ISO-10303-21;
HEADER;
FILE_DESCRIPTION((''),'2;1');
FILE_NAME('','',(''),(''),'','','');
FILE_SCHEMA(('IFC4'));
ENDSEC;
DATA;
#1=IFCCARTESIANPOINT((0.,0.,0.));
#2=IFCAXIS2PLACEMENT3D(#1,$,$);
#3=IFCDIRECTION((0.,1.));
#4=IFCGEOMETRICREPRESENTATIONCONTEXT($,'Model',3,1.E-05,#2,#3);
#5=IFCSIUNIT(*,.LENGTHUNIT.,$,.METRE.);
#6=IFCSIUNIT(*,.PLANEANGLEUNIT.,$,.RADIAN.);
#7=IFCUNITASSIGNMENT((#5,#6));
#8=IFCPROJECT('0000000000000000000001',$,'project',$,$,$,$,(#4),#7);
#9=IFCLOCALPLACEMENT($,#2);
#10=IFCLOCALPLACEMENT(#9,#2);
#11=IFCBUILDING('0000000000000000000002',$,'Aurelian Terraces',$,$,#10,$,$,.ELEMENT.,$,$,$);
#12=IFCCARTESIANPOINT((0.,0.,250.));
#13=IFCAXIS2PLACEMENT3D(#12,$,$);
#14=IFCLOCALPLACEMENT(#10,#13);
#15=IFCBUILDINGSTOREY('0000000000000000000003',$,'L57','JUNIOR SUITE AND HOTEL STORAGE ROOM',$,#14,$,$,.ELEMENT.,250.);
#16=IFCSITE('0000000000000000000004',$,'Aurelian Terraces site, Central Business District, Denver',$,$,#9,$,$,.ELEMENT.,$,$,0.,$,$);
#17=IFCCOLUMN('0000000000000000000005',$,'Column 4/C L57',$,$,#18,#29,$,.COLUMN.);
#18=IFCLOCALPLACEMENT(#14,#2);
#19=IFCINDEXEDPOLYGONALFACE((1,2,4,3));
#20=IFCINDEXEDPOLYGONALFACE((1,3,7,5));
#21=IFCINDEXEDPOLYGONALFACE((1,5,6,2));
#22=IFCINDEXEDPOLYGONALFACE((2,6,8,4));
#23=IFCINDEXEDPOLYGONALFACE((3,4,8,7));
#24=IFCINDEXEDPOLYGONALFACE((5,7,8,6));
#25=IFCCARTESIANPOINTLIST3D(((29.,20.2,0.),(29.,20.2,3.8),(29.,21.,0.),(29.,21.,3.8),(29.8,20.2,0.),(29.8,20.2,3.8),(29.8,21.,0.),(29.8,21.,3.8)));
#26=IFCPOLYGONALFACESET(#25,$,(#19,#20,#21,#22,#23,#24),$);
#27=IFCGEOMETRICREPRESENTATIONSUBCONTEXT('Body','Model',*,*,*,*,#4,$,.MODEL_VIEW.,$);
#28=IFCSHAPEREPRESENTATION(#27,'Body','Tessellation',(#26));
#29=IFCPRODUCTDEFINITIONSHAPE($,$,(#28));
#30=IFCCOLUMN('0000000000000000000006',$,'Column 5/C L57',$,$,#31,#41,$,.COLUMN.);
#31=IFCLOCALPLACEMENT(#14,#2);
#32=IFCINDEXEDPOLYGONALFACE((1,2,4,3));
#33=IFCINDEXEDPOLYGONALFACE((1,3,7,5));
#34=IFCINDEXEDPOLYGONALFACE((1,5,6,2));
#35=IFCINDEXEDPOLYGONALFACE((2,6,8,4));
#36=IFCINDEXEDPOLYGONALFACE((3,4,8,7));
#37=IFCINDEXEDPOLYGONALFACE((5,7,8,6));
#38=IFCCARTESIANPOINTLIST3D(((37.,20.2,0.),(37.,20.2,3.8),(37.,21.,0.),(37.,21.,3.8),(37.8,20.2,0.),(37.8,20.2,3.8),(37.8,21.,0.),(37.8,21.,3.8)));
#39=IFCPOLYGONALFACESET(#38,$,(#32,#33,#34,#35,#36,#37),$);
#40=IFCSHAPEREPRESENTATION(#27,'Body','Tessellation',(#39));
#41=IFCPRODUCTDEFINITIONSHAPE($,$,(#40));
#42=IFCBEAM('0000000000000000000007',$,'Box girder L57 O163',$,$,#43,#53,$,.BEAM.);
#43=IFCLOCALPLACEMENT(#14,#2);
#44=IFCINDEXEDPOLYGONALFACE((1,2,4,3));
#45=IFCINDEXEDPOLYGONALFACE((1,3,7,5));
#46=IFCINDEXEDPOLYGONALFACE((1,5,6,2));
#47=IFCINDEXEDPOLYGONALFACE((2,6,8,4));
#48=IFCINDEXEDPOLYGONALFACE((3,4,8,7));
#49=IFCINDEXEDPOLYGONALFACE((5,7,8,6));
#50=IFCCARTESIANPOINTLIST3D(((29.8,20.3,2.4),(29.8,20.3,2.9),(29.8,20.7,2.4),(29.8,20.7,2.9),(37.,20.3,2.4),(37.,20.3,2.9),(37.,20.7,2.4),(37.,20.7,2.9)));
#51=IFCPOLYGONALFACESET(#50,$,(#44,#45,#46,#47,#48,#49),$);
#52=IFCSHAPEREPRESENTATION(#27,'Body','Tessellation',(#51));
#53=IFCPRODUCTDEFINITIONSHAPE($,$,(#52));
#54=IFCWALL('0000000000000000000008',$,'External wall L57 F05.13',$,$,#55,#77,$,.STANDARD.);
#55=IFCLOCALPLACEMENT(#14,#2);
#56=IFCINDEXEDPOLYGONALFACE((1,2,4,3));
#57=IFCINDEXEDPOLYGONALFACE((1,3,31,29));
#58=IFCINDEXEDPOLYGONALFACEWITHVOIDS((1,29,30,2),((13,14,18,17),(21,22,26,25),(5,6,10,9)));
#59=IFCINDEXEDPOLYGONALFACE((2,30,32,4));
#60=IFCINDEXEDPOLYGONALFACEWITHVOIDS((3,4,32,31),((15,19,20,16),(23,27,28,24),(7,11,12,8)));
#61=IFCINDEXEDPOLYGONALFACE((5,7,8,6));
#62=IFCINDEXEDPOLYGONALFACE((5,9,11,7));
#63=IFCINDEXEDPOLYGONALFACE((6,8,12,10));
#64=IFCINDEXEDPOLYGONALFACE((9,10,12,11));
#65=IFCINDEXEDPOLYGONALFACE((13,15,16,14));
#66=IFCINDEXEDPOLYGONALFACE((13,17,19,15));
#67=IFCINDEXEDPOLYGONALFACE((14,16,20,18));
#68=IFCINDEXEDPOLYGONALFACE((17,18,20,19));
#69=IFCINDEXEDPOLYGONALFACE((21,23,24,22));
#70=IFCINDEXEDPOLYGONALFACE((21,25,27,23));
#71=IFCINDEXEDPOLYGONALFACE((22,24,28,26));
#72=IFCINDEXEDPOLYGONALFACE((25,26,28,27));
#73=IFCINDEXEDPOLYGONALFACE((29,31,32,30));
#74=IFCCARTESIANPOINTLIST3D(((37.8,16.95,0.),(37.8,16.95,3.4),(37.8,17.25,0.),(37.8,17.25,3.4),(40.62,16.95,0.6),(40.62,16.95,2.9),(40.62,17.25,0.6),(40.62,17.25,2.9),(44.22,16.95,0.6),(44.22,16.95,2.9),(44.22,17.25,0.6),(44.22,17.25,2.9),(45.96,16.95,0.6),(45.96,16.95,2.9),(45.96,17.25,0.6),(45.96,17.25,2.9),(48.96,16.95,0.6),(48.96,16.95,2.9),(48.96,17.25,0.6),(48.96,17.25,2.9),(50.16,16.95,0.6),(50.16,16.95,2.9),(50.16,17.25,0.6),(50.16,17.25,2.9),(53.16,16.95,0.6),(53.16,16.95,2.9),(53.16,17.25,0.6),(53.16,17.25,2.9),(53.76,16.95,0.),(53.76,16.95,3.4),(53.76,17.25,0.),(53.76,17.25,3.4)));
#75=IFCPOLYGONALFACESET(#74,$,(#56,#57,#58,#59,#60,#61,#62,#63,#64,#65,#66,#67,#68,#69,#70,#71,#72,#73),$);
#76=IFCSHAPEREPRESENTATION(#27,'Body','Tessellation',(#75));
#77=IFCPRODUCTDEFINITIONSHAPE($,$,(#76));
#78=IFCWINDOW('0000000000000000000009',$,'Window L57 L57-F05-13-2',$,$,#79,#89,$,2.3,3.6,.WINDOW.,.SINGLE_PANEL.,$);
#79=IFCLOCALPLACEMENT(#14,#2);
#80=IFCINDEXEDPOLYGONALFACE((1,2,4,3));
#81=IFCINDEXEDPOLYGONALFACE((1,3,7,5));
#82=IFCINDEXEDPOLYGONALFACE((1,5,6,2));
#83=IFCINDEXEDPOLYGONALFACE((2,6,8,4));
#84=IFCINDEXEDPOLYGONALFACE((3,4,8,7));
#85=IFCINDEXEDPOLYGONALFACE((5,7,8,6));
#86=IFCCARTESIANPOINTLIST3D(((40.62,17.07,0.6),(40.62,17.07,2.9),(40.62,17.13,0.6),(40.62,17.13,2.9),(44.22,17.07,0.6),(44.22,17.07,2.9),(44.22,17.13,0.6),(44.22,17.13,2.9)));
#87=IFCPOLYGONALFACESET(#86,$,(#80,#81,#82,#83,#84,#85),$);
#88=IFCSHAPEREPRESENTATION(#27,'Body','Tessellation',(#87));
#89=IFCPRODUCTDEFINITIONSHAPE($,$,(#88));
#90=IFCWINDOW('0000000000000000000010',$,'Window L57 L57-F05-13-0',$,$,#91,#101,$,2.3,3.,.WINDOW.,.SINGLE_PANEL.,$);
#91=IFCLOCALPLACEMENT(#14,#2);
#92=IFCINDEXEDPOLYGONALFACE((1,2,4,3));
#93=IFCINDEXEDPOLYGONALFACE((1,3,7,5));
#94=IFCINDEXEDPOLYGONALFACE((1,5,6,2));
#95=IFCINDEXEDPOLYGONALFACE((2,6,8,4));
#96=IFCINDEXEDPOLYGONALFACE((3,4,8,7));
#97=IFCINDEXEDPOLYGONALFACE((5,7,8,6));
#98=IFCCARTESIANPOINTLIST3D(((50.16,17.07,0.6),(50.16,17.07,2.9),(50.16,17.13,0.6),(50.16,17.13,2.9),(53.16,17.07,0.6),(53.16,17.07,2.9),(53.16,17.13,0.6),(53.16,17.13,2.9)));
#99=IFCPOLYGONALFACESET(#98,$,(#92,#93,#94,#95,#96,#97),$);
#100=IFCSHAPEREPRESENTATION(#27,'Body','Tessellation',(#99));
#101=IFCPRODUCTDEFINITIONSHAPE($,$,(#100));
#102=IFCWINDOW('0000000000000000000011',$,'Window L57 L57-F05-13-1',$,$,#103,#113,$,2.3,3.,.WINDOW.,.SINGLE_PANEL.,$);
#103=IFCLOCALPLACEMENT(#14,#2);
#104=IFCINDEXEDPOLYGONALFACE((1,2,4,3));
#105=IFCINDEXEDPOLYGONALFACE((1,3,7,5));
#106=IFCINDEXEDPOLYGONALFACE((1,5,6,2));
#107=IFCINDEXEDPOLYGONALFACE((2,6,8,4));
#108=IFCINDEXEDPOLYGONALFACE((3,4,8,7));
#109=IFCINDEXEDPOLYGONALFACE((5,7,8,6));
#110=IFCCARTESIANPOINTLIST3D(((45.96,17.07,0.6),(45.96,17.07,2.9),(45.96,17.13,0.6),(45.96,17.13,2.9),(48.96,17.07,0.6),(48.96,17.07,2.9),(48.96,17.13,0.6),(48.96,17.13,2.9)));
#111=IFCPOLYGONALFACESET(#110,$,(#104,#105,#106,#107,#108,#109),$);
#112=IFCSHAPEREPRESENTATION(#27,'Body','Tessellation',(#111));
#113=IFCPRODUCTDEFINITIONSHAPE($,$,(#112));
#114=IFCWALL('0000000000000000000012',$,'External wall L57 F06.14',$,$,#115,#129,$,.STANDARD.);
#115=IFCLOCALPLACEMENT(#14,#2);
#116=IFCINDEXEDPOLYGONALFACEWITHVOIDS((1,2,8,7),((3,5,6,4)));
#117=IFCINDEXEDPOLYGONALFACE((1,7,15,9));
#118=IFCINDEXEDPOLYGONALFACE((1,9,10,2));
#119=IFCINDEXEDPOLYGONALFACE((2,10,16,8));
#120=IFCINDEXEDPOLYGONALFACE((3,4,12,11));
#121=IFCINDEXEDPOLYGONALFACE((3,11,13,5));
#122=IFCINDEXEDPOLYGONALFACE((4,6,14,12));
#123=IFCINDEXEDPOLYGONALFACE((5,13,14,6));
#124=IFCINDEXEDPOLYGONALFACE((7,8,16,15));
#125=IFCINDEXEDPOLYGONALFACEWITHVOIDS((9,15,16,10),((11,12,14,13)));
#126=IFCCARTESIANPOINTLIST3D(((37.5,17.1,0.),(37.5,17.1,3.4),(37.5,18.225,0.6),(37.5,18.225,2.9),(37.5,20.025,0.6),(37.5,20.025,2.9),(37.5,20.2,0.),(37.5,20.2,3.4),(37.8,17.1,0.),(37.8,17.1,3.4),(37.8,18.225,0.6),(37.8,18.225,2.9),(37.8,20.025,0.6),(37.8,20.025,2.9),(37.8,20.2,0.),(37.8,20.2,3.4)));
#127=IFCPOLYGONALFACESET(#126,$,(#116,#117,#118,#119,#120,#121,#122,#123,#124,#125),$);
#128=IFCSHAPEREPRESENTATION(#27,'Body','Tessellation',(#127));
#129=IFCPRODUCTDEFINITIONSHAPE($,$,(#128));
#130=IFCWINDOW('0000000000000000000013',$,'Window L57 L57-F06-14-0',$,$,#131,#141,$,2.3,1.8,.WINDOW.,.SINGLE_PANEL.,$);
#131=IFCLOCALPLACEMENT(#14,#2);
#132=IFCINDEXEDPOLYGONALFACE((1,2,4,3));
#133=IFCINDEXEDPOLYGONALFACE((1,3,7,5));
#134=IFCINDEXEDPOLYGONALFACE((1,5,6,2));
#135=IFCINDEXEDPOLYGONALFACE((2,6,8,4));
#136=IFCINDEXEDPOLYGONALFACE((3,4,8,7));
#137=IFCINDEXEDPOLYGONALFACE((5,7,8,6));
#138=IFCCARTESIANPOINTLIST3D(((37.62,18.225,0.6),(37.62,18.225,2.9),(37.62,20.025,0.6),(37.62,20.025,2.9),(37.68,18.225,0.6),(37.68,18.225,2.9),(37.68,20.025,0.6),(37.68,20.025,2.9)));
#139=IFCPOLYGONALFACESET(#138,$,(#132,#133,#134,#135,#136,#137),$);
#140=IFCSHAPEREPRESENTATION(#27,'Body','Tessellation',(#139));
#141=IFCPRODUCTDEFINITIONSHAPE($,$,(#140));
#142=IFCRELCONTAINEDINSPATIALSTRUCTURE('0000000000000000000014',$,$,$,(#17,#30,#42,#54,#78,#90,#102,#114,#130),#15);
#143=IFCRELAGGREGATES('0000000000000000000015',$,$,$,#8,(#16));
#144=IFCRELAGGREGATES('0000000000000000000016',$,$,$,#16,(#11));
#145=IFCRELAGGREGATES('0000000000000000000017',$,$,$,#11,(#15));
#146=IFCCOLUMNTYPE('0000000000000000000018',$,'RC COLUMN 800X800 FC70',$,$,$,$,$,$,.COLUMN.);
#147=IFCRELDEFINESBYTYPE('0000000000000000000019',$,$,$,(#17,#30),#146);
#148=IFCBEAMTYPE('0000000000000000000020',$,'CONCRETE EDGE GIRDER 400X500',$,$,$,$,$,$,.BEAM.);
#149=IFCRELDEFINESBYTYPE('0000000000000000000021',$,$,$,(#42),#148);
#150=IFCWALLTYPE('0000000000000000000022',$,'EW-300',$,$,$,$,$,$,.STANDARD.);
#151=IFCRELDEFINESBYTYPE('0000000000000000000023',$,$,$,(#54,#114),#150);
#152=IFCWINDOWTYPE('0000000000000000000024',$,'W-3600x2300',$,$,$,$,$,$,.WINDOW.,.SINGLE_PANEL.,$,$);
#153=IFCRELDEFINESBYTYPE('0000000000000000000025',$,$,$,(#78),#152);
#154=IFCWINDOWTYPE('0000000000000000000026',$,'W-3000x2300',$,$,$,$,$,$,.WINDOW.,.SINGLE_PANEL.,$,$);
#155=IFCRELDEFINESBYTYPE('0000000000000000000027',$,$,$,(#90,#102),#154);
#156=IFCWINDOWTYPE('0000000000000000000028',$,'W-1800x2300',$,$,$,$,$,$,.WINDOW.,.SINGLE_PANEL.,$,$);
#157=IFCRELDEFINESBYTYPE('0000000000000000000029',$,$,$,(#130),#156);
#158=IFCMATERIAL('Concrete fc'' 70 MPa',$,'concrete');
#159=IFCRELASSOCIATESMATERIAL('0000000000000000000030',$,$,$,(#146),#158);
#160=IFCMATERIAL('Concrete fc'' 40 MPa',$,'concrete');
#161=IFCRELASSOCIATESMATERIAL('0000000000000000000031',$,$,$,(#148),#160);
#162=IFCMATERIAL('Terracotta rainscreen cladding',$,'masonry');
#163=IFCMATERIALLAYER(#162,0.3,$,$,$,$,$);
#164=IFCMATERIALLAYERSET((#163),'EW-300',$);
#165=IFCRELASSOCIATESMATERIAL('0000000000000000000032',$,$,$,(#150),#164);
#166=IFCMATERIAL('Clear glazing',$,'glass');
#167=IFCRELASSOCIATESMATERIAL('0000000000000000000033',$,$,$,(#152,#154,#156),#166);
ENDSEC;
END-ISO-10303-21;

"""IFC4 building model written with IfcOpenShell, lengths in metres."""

from ifc_helpers import new_model, si_unit, direction, frame, frame_2d, origin, origin_2d, place, context, subcontext, project, spatial, rectangle, extrude, source, transform, mapped, material, layer, layer_set, material_profile, profile_set, type_object, element, fill, save


model = new_model("IFC4")

# Units and contexts
model_context = context("Model", 3, precision=1e-05, world=origin(), true_north=direction((0.0, 1.0)))
body_context = subcontext(model_context, "Body", "Model", "MODEL_VIEW")
ifc_project = project(units=[si_unit("LENGTHUNIT", "METRE"), si_unit("PLANEANGLEUNIT", "RADIAN")], contexts=[model_context])

# Site, building, storey
site_placement = place(None, origin())
site = spatial("IfcSite", under=ifc_project, at=site_placement, Name="Aurelian Terraces site, Central Business District, Denver", CompositionType="ELEMENT", RefElevation=0.0)
building_placement = place(site_placement, origin())
building = spatial("IfcBuilding", under=site, at=building_placement, Name="Aurelian Terraces", CompositionType="ELEMENT")
storey_placement = place(building_placement, frame((0.0, 0.0, 250.0)))
storey = spatial("IfcBuildingStorey", under=building, at=storey_placement, Name="L57", Description="JUNIOR SUITE AND HOTEL STORAGE ROOM", CompositionType="ELEMENT", Elevation=250.0)

# Columns
ifc_material_1 = material(Name="Concrete fc' 70 MPa", Category="concrete")
ifc_material_profile_1 = material_profile(ifc_material_1, rectangle(XDim=0.8, YDim=0.8, at=origin_2d()))
ifc_profile_set_1 = profile_set([ifc_material_profile_1], Name="Concrete fc' 70 MPa")
column_type = type_object("IfcColumnType", Name="RC COLUMN 800X800 FC70", PredefinedType="COLUMN", material=ifc_profile_set_1)
shared_shape_1 = source(origin(), body_context, "Body", "SweptSolid", [
    extrude(rectangle(XDim=0.8, YDim=0.8, at=origin_2d()), origin(), (0.0, 0.0, 1.0), 3.8),
])
for number, where, z_axis, x_axis, name in (
    (1, (29.4, 20.6, 0.0), (0.0, 0.0, 1.0), (1.0, 0.0, 0.0), "Column 4/C L57"),
    (2, (37.4, 20.6, 0.0), (0.0, 0.0, 1.0), (1.0, 0.0, 0.0), "Column 5/C L57"),
):
    element("IfcColumn", number, at=place(storey_placement, frame(where, z_axis=z_axis, x_axis=x_axis)), inside=storey, type_object=column_type, Name=name, PredefinedType="COLUMN", context=body_context, shape_type="MappedRepresentation", body=[
        mapped(shared_shape_1, transform((0.0, 0.0, 0.0), scale=1.0)),
    ])

# Beam
ifc_material_2 = material(Name="Concrete fc' 40 MPa", Category="concrete")
ifc_material_profile_2 = material_profile(ifc_material_2, rectangle(XDim=0.4, YDim=0.5, at=origin_2d()))
ifc_profile_set_2 = profile_set([ifc_material_profile_2], Name="Concrete fc' 40 MPa")
beam_type = type_object("IfcBeamType", Name="CONCRETE EDGE GIRDER 400X500", PredefinedType="BEAM", material=ifc_profile_set_2)
shared_shape_2 = source(origin(), body_context, "Body", "SweptSolid", [
    extrude(rectangle(XDim=0.4, YDim=0.5, at=origin_2d()), origin(), (0.0, 0.0, 1.0), 7.2),
])
beam_placement = place(storey_placement, frame((29.8, 20.5, 2.65), z_axis=(1.0, 0.0, 0.0), x_axis=(0.0, 1.0, 0.0)))
element("IfcBeam", 3, at=beam_placement, inside=storey, type_object=beam_type, Name="Box girder L57 O163", PredefinedType="BEAM", context=body_context, shape_type="MappedRepresentation", body=[
    mapped(shared_shape_2, transform((0.0, 0.0, 0.0), scale=1.0)),
])

# Wall, openings, windows
ifc_material_3 = material(Name="Terracotta rainscreen cladding", Category="masonry")
ifc_layer_1 = layer(ifc_material_3, 0.3)
ifc_layer_set_1 = layer_set([ifc_layer_1], Name="EW-300")
wall_type_1 = type_object("IfcWallType", Name="EW-300", PredefinedType="STANDARD", material=ifc_layer_set_1)
shared_shape_3 = source(origin(), body_context, "Body", "SweptSolid", [
    extrude(rectangle(XDim=15.96, YDim=0.3, at=frame_2d((7.98, 0.0))), origin(), (0.0, 0.0, 1.0), 3.4),
])
wall_1_placement = place(storey_placement, frame((53.76, 17.1, 0.0), z_axis=(0.0, 0.0, 1.0), x_axis=(-1.0, 0.0, 0.0)))
wall_1 = element("IfcWall", 4, at=wall_1_placement, inside=storey, type_object=wall_type_1, Name="External wall L57 F05.13", PredefinedType="STANDARD", context=body_context, shape_type="MappedRepresentation", body=[
    mapped(shared_shape_3, transform((0.0, 0.0, 0.0), scale=1.0)),
])
shared_shape_4 = source(origin(), body_context, "Body", "SweptSolid", [
    extrude(rectangle(XDim=3.0, YDim=2.3, at=frame_2d((1.5, 1.15))), frame((0.0, 0.16, 0.0), z_axis=(0.0, -1.0, 0.0), x_axis=(1.0, 0.0, 0.0)), (0.0, 0.0, 1.0), 0.32),
])
opening_1_placement = place(wall_1_placement, frame((0.6, 0.0, 0.6)))
opening_1 = element("IfcOpeningElement", 5, at=opening_1_placement, cuts=wall_1, PredefinedType="OPENING", context=body_context, shape_type="MappedRepresentation", body=[
    mapped(shared_shape_4, transform((0.0, 0.0, 0.0), scale=1.0)),
])
opening_2_placement = place(wall_1_placement, frame((4.8, 0.0, 0.6)))
opening_2 = element("IfcOpeningElement", 6, at=opening_2_placement, cuts=wall_1, PredefinedType="OPENING", context=body_context, shape_type="MappedRepresentation", body=[
    mapped(shared_shape_4, transform((0.0, 0.0, 0.0), scale=1.0)),
])
shared_shape_5 = source(origin(), body_context, "Body", "SweptSolid", [
    extrude(rectangle(XDim=3.6, YDim=2.3, at=frame_2d((1.8, 1.15))), frame((0.0, 0.16, 0.0), z_axis=(0.0, -1.0, 0.0), x_axis=(1.0, 0.0, 0.0)), (0.0, 0.0, 1.0), 0.32),
])
opening_3_placement = place(wall_1_placement, frame((9.54, 0.0, 0.6)))
opening_3 = element("IfcOpeningElement", 7, at=opening_3_placement, cuts=wall_1, PredefinedType="OPENING", context=body_context, shape_type="MappedRepresentation", body=[
    mapped(shared_shape_5, transform((0.0, 0.0, 0.0), scale=1.0)),
])
ifc_material_4 = material(Name="Clear glazing", Category="glass")
window_type_1 = type_object("IfcWindowType", Name="W-3600x2300", PartitioningType="SINGLE_PANEL", PredefinedType="WINDOW", material=ifc_material_4)
shared_shape_6 = source(origin(), body_context, "Body", "SweptSolid", [
    extrude(rectangle(XDim=3.6, YDim=2.3, at=frame_2d((1.8, 1.15))), frame((0.0, 0.03, 0.0), z_axis=(0.0, -1.0, 0.0), x_axis=(1.0, 0.0, 0.0)), (0.0, 0.0, 1.0), 0.06),
])
window_1_placement = place(opening_3_placement, origin())
window_1 = element("IfcWindow", 8, at=window_1_placement, inside=storey, type_object=window_type_1, Name="Window L57 L57-F05-13-2", OverallHeight=2.3, OverallWidth=3.6, PartitioningType="SINGLE_PANEL", PredefinedType="WINDOW", context=body_context, shape_type="MappedRepresentation", body=[
    mapped(shared_shape_6, transform((0.0, 0.0, 0.0), scale=1.0)),
])
fill(opening_3, window_1)
window_type_2 = type_object("IfcWindowType", Name="W-3000x2300", PartitioningType="SINGLE_PANEL", PredefinedType="WINDOW", material=ifc_material_4)
shared_shape_7 = source(origin(), body_context, "Body", "SweptSolid", [
    extrude(rectangle(XDim=3.0, YDim=2.3, at=frame_2d((1.5, 1.15))), frame((0.0, 0.03, 0.0), z_axis=(0.0, -1.0, 0.0), x_axis=(1.0, 0.0, 0.0)), (0.0, 0.0, 1.0), 0.06),
])
window_2_placement = place(opening_1_placement, origin())
window_2 = element("IfcWindow", 9, at=window_2_placement, inside=storey, type_object=window_type_2, Name="Window L57 L57-F05-13-0", OverallHeight=2.3, OverallWidth=3.0, PartitioningType="SINGLE_PANEL", PredefinedType="WINDOW", context=body_context, shape_type="MappedRepresentation", body=[
    mapped(shared_shape_7, transform((0.0, 0.0, 0.0), scale=1.0)),
])
fill(opening_1, window_2)
window_3_placement = place(opening_2_placement, origin())
window_3 = element("IfcWindow", 10, at=window_3_placement, inside=storey, type_object=window_type_2, Name="Window L57 L57-F05-13-1", OverallHeight=2.3, OverallWidth=3.0, PartitioningType="SINGLE_PANEL", PredefinedType="WINDOW", context=body_context, shape_type="MappedRepresentation", body=[
    mapped(shared_shape_7, transform((0.0, 0.0, 0.0), scale=1.0)),
])
fill(opening_2, window_3)

# Wall, opening, window
shared_shape_8 = source(origin(), body_context, "Body", "SweptSolid", [
    extrude(rectangle(XDim=3.1, YDim=0.3, at=frame_2d((1.55, 0.0))), origin(), (0.0, 0.0, 1.0), 3.4),
])
wall_2_placement = place(storey_placement, frame((37.65, 17.1, 0.0), z_axis=(0.0, 0.0, 1.0), x_axis=(0.0, 1.0, 0.0)))
wall_2 = element("IfcWall", 11, at=wall_2_placement, inside=storey, type_object=wall_type_1, Name="External wall L57 F06.14", PredefinedType="STANDARD", context=body_context, shape_type="MappedRepresentation", body=[
    mapped(shared_shape_8, transform((0.0, 0.0, 0.0), scale=1.0)),
])
shared_shape_9 = source(origin(), body_context, "Body", "SweptSolid", [
    extrude(rectangle(XDim=1.8, YDim=2.3, at=frame_2d((0.9, 1.15))), frame((0.0, 0.16, 0.0), z_axis=(0.0, -1.0, 0.0), x_axis=(1.0, 0.0, 0.0)), (0.0, 0.0, 1.0), 0.32),
])
opening_4_placement = place(wall_2_placement, frame((1.125, 0.0, 0.6)))
opening_4 = element("IfcOpeningElement", 12, at=opening_4_placement, cuts=wall_2, PredefinedType="OPENING", context=body_context, shape_type="MappedRepresentation", body=[
    mapped(shared_shape_9, transform((0.0, 0.0, 0.0), scale=1.0)),
])
window_type_3 = type_object("IfcWindowType", Name="W-1800x2300", PartitioningType="SINGLE_PANEL", PredefinedType="WINDOW", material=ifc_material_4)
shared_shape_10 = source(origin(), body_context, "Body", "SweptSolid", [
    extrude(rectangle(XDim=1.8, YDim=2.3, at=frame_2d((0.9, 1.15))), frame((0.0, 0.03, 0.0), z_axis=(0.0, -1.0, 0.0), x_axis=(1.0, 0.0, 0.0)), (0.0, 0.0, 1.0), 0.06),
])
window_4_placement = place(opening_4_placement, origin())
window_4 = element("IfcWindow", 13, at=window_4_placement, inside=storey, type_object=window_type_3, Name="Window L57 L57-F06-14-0", OverallHeight=2.3, OverallWidth=1.8, PartitioningType="SINGLE_PANEL", PredefinedType="WINDOW", context=body_context, shape_type="MappedRepresentation", body=[
    mapped(shared_shape_10, transform((0.0, 0.0, 0.0), scale=1.0)),
])
fill(opening_4, window_4)

save(model, "model.ifc")
